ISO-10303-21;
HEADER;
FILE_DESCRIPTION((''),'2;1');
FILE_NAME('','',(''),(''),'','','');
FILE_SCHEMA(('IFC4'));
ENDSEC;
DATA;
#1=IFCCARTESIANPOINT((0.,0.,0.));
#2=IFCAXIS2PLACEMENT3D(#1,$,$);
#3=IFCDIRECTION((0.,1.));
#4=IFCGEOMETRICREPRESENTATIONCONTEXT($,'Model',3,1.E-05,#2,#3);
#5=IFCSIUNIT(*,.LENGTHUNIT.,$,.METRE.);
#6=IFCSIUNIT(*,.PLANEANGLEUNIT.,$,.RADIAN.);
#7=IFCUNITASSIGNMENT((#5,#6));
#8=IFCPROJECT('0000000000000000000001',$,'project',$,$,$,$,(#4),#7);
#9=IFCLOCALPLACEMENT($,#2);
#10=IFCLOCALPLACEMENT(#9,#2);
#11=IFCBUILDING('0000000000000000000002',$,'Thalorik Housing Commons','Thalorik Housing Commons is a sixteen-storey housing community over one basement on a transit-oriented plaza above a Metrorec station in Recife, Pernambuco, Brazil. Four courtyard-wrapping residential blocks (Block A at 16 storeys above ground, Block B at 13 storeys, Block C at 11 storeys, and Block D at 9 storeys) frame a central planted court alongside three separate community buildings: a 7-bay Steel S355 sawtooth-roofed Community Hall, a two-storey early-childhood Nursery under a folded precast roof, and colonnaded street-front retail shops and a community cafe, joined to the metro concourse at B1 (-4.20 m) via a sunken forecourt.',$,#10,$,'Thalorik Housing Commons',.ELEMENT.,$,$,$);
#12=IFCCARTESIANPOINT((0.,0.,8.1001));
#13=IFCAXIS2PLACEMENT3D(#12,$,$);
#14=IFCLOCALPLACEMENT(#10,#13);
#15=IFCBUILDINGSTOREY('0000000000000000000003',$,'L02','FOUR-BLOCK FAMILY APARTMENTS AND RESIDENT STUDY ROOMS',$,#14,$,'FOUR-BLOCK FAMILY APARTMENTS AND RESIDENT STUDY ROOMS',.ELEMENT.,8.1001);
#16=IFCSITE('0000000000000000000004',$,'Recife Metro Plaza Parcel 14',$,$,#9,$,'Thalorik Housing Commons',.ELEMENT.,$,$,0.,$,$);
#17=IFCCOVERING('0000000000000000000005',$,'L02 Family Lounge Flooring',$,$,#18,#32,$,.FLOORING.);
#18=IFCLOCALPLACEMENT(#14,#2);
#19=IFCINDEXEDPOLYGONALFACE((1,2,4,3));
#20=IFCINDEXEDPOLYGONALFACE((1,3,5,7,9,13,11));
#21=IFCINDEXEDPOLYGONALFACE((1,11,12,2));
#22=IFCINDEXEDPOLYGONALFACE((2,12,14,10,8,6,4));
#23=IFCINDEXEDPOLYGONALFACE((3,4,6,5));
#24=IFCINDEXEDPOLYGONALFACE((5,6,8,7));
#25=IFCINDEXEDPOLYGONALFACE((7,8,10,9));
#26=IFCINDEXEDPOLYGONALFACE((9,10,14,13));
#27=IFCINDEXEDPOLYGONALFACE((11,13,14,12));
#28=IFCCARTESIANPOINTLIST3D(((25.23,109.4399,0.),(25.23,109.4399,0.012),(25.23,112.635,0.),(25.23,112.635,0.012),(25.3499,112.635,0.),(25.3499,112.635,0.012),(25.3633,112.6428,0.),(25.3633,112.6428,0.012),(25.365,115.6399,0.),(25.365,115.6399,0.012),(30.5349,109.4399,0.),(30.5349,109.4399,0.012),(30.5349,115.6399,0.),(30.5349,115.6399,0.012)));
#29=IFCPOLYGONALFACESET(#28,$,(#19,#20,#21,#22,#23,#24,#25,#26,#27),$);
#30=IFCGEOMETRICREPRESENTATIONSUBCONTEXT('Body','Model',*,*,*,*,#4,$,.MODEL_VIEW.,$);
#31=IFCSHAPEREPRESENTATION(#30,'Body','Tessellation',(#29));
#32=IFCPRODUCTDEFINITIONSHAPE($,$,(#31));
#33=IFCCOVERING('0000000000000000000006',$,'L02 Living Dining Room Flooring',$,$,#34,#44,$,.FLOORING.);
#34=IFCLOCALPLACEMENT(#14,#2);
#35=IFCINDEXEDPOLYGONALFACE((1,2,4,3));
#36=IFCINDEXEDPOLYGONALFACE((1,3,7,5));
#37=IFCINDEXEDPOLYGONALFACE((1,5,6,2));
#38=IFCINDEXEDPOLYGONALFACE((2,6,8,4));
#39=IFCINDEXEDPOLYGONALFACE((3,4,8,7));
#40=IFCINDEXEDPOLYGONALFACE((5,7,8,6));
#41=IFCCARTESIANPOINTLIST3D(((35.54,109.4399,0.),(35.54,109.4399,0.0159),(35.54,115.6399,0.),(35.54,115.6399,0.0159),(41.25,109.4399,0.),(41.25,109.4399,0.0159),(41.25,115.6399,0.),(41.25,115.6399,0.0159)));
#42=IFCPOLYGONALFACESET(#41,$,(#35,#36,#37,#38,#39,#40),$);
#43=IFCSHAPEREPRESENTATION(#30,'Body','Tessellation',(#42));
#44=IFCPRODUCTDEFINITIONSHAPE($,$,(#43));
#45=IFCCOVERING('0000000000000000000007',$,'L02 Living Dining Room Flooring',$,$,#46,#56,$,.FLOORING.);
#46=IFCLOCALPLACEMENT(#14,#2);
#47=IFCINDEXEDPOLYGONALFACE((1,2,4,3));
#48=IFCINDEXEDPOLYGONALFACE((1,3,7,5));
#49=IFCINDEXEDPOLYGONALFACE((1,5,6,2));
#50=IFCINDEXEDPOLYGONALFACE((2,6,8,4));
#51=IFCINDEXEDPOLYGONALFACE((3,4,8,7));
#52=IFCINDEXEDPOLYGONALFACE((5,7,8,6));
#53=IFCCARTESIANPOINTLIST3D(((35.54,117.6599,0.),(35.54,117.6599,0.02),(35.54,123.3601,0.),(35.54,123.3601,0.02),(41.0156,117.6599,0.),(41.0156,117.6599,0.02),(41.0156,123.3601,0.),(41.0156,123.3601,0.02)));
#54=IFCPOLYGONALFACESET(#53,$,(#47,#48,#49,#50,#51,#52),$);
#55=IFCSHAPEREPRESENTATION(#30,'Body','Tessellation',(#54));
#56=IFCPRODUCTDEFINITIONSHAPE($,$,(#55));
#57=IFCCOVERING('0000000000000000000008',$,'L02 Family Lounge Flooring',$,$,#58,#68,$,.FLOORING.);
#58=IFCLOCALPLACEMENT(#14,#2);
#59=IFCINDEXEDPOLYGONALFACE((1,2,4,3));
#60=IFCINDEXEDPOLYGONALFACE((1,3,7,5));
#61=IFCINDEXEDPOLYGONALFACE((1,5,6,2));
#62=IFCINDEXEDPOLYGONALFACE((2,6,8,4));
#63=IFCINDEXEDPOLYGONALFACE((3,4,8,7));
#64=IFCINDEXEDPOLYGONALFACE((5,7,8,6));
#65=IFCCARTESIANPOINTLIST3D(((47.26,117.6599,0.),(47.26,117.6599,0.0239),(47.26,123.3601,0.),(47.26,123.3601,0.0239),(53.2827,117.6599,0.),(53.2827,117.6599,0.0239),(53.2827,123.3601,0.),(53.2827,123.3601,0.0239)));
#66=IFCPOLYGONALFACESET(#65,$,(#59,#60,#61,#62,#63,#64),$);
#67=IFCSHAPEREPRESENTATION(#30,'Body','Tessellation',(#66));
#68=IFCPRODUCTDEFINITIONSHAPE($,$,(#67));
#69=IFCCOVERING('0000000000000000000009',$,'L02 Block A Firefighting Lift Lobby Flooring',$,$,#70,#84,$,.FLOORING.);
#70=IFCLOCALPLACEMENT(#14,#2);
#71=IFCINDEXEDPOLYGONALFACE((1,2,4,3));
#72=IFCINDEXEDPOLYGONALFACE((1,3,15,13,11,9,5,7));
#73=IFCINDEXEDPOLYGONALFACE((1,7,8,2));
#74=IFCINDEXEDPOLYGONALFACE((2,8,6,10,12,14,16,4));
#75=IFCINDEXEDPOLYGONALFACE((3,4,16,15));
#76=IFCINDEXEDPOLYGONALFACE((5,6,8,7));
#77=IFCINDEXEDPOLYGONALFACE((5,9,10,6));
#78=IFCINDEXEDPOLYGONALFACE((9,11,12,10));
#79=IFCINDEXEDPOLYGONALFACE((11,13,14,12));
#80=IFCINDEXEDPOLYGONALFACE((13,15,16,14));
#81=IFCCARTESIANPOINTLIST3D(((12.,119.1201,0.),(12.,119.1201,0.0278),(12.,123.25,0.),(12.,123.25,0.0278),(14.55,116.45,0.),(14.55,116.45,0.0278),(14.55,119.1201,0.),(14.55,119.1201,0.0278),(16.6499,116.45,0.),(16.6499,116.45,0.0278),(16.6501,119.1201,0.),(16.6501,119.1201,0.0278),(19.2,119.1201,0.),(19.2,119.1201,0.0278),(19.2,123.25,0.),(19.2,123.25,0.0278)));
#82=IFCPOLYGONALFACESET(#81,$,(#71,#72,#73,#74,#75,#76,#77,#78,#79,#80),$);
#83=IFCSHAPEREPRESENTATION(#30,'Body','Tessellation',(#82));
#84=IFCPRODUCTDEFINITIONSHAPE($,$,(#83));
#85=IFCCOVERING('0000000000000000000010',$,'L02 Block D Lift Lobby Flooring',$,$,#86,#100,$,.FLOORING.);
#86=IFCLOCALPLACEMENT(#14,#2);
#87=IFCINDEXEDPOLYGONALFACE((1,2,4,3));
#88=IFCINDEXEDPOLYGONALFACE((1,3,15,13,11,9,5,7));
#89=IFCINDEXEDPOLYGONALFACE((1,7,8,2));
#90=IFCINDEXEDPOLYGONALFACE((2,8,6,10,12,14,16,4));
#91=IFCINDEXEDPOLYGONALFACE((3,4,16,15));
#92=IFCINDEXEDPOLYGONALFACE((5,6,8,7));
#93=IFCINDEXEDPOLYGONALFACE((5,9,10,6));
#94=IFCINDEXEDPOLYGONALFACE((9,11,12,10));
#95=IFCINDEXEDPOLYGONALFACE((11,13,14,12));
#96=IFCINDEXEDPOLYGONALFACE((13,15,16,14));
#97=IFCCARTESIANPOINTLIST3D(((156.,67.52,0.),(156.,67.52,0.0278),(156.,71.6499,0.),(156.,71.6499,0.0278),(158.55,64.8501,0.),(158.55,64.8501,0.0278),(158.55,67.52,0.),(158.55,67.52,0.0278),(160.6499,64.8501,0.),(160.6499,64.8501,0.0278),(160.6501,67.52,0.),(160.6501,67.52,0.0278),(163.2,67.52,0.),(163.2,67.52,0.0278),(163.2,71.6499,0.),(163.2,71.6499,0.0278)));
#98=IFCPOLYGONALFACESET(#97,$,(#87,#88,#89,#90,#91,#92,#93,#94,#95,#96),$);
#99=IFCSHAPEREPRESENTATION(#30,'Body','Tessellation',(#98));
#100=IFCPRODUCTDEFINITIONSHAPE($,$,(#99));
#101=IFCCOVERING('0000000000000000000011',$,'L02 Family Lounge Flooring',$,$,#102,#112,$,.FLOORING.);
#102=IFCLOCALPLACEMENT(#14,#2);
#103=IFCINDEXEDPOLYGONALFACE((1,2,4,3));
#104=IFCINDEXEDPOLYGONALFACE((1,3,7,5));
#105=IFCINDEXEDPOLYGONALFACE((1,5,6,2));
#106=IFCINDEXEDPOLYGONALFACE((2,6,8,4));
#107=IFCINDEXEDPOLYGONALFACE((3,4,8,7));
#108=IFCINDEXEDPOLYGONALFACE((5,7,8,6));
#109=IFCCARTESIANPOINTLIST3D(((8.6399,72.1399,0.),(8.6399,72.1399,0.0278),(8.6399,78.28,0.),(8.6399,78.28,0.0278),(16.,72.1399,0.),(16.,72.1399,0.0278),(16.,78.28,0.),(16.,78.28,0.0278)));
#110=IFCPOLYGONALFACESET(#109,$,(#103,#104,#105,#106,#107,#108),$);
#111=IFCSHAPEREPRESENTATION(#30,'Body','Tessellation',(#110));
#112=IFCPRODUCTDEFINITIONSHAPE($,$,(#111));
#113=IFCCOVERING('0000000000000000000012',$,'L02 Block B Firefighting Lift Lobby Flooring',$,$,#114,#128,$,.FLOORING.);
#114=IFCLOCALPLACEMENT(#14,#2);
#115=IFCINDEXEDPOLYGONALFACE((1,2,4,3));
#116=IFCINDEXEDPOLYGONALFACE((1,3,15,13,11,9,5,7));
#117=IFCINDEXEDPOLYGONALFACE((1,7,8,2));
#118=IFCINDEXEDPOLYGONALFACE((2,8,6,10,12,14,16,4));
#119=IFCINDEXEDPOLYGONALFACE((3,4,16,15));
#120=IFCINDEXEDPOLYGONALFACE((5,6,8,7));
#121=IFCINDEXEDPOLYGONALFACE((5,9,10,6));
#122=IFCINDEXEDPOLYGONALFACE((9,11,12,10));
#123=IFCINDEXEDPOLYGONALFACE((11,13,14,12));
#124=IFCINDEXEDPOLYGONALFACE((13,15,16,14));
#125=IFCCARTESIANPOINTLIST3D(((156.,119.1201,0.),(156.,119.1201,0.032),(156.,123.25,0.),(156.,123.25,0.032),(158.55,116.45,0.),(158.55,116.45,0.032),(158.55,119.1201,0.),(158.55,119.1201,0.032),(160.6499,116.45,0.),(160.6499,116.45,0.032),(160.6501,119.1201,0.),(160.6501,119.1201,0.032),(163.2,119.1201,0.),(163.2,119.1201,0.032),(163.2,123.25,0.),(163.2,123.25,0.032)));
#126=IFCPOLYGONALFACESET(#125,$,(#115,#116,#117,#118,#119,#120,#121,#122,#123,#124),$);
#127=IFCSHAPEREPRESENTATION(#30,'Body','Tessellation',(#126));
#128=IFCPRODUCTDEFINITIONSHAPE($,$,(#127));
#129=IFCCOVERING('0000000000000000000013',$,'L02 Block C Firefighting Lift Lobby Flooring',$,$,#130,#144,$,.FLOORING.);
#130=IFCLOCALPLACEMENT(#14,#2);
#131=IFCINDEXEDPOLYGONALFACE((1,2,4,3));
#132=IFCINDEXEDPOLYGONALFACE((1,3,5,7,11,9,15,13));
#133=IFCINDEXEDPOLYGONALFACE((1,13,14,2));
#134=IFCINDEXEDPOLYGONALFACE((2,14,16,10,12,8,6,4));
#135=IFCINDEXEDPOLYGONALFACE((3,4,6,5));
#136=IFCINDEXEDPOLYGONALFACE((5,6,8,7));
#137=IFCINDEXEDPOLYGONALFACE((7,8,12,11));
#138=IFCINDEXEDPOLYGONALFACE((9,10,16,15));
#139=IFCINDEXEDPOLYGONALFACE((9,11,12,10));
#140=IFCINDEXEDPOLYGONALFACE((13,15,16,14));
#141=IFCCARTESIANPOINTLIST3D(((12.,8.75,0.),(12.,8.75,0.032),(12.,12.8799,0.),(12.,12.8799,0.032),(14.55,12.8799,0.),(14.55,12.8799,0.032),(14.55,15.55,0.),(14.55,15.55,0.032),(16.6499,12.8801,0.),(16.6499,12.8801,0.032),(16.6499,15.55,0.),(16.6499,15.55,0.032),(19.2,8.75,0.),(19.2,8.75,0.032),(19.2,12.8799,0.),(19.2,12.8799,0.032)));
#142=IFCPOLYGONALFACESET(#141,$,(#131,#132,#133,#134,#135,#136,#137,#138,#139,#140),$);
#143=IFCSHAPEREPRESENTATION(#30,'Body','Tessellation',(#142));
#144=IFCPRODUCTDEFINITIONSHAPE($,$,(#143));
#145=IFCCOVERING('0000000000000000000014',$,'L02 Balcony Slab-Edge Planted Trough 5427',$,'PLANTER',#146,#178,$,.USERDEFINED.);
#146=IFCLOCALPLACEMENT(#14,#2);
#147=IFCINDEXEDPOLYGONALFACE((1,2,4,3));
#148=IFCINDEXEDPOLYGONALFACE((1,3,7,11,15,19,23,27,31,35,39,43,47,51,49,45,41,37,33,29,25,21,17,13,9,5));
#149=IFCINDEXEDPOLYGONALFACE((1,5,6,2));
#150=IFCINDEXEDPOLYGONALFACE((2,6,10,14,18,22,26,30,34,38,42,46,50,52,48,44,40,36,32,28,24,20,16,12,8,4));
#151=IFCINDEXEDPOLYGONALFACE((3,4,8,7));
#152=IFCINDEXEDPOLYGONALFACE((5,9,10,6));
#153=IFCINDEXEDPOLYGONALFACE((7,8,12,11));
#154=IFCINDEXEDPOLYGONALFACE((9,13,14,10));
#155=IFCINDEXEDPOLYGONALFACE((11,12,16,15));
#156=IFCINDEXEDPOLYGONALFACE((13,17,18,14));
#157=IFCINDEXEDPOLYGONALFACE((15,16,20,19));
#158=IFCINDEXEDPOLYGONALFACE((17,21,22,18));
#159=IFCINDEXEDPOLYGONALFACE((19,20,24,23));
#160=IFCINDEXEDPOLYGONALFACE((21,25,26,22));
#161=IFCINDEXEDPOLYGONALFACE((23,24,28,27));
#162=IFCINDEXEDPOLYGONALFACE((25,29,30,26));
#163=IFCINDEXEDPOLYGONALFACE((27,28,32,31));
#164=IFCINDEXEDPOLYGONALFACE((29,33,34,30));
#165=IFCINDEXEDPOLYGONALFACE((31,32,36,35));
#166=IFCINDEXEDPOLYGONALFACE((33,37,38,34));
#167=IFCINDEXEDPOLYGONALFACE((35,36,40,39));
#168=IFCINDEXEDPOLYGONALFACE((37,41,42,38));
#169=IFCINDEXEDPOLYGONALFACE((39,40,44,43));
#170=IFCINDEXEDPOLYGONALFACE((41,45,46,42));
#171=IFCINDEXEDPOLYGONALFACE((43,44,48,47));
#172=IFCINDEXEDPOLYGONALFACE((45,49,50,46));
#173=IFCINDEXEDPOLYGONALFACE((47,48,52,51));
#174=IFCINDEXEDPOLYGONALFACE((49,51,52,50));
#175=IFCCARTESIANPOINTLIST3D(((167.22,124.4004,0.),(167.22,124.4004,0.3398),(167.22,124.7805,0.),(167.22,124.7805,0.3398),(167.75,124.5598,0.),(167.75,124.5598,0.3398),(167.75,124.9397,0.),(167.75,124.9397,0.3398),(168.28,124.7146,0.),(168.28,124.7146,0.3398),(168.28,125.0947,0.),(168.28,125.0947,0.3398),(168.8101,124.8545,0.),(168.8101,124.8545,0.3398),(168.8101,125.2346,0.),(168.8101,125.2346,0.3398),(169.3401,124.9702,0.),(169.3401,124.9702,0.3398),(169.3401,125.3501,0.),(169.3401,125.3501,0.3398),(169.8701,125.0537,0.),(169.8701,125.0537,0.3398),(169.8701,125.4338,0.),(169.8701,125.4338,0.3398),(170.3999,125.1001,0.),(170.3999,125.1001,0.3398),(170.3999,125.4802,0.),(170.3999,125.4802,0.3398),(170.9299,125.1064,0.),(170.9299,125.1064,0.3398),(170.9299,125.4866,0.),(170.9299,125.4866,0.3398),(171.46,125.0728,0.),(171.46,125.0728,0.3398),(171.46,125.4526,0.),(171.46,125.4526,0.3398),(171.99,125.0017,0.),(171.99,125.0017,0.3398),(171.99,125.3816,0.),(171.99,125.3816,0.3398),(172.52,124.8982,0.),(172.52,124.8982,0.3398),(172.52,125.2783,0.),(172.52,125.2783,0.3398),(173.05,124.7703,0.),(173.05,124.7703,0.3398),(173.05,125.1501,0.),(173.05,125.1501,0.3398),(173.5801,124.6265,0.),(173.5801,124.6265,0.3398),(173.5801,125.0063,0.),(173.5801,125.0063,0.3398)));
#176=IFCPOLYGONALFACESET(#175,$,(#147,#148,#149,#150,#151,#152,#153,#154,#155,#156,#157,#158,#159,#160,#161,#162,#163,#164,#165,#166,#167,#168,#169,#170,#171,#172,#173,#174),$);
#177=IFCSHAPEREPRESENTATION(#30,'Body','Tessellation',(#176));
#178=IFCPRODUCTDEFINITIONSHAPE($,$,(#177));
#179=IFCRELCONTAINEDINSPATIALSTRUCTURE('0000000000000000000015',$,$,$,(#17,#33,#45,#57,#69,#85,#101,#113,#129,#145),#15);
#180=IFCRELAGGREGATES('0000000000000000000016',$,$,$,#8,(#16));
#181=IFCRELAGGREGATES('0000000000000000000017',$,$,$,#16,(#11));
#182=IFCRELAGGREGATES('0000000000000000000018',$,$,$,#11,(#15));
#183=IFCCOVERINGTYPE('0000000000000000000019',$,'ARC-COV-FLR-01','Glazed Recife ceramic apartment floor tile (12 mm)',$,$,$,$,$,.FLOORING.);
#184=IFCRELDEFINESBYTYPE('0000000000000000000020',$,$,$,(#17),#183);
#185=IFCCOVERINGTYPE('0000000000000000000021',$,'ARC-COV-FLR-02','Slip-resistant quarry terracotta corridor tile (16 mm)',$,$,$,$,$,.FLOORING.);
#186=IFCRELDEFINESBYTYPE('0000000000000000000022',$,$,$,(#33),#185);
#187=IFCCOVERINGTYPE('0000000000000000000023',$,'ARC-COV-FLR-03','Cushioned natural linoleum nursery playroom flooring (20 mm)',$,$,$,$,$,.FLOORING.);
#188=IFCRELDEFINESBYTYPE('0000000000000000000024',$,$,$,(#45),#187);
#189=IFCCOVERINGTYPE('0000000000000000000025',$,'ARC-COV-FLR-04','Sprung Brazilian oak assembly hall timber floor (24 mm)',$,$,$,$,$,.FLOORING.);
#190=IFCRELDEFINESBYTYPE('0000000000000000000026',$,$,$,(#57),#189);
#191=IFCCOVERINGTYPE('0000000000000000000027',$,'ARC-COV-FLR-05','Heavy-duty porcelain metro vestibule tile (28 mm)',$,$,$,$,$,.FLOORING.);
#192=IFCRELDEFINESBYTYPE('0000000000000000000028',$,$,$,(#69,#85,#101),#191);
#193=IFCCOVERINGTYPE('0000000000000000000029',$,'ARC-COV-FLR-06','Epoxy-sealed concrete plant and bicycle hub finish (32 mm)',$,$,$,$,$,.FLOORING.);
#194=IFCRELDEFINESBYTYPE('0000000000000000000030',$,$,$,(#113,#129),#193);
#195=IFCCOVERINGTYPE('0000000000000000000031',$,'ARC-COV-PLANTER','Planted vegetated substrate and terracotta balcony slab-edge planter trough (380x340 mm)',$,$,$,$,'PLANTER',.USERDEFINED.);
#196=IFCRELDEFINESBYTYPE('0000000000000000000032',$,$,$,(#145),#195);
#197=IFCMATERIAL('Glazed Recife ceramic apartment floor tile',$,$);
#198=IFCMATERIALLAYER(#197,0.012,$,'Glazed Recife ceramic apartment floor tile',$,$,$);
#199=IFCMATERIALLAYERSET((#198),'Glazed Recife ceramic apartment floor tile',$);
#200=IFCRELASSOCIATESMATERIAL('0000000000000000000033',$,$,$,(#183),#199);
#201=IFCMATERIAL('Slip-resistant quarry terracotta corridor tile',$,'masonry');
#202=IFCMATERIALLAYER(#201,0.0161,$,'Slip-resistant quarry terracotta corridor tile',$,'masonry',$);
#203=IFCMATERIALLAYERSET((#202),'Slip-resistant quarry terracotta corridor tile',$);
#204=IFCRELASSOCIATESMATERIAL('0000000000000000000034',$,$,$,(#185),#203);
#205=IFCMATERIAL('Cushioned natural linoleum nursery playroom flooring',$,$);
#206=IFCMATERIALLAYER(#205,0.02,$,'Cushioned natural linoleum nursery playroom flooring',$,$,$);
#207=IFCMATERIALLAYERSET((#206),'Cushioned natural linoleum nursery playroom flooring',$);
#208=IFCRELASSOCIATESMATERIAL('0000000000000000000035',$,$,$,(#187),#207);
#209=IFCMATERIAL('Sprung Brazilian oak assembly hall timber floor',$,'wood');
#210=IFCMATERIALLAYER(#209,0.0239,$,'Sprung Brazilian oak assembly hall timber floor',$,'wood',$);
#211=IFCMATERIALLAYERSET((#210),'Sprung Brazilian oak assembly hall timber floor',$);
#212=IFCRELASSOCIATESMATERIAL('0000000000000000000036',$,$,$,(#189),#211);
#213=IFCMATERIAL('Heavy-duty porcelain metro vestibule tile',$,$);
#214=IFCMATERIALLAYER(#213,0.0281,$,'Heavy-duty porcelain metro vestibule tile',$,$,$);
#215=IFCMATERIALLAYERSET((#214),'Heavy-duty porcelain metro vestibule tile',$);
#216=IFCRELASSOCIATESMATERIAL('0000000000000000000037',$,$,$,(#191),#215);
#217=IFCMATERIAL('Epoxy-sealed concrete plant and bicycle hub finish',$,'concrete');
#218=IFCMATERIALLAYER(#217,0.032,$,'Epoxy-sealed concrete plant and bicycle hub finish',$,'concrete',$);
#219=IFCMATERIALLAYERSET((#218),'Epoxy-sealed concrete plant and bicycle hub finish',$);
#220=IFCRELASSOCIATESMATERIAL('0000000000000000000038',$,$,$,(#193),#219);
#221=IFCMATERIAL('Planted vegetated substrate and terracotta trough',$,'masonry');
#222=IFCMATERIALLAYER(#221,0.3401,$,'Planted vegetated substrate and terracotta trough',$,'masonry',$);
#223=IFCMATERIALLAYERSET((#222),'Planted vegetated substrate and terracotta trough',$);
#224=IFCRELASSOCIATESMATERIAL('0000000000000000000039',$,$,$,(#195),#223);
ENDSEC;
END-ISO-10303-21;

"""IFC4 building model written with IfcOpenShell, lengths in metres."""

from ifc_helpers import new_model, si_unit, direction, frame, origin, place, context, subcontext, project, spatial, polyline, outline, extrude, material, layer, layer_set, type_object, element, save


model = new_model("IFC4")

# Units and contexts
model_context = context("Model", 3, precision=1e-05, world=origin(), true_north=direction((0.0, 1.0)))
body_context = subcontext(model_context, "Body", "Model", "MODEL_VIEW")
ifc_project = project(units=[si_unit("LENGTHUNIT", "METRE"), si_unit("PLANEANGLEUNIT", "RADIAN")], contexts=[model_context])

# Site, building, storey
site_placement = place(None, origin())
site = spatial("IfcSite", under=ifc_project, at=site_placement, Name="Recife Metro Plaza Parcel 14", LongName="Thalorik Housing Commons", CompositionType="ELEMENT", RefElevation=0.0)
building_placement = place(site_placement, origin())
building = spatial("IfcBuilding", under=site, at=building_placement, Name="Thalorik Housing Commons", Description="Thalorik Housing Commons is a sixteen-storey housing community over one basement on a transit-oriented plaza above a Metrorec station in Recife, Pernambuco, Brazil. Four courtyard-wrapping residential blocks (Block A at 16 storeys above ground, Block B at 13 storeys, Block C at 11 storeys, and Block D at 9 storeys) frame a central planted court alongside three separate community buildings: a 7-bay Steel S355 sawtooth-roofed Community Hall, a two-storey early-childhood Nursery under a folded precast roof, and colonnaded street-front retail shops and a community cafe, joined to the metro concourse at B1 (-4.20 m) via a sunken forecourt.", LongName="Thalorik Housing Commons", CompositionType="ELEMENT")
storey_placement = place(building_placement, frame((0.0, 0.0, 8.1001)))
storey = spatial("IfcBuildingStorey", under=building, at=storey_placement, Name="L02", Description="FOUR-BLOCK FAMILY APARTMENTS AND RESIDENT STUDY ROOMS", LongName="FOUR-BLOCK FAMILY APARTMENTS AND RESIDENT STUDY ROOMS", CompositionType="ELEMENT", Elevation=8.1001)

# Coverings
ifc_material_1 = material(Name="Glazed Recife ceramic apartment floor tile")
ifc_layer_1 = layer(ifc_material_1, 0.012, Name="Glazed Recife ceramic apartment floor tile")
ifc_layer_set_1 = layer_set([ifc_layer_1], Name="Glazed Recife ceramic apartment floor tile")
covering_type_1 = type_object("IfcCoveringType", Name="ARC-COV-FLR-01", Description="Glazed Recife ceramic apartment floor tile (12 mm)", PredefinedType="FLOORING", material=ifc_layer_set_1)
covering_1_placement = place(storey_placement, origin())
element("IfcCovering", 1, at=covering_1_placement, inside=storey, type_object=covering_type_1, Name="L02 Family Lounge Flooring", PredefinedType="FLOORING", context=body_context, shape_type="SweptSolid", body=[
    extrude(outline(polyline([(25.23, 109.4399), (30.5349, 109.4399), (30.5349, 115.6399), (25.365, 115.6399), (25.3633, 112.6428), (25.3499, 112.635), (25.23, 112.635), (25.23, 109.4399)])), origin(), (0.0, 0.0, 1.0), 0.012),
])
ifc_material_2 = material(Name="Slip-resistant quarry terracotta corridor tile", Category="masonry")
ifc_layer_2 = layer(ifc_material_2, 0.0161, Name="Slip-resistant quarry terracotta corridor tile", Category="masonry")
ifc_layer_set_2 = layer_set([ifc_layer_2], Name="Slip-resistant quarry terracotta corridor tile")
covering_type_2 = type_object("IfcCoveringType", Name="ARC-COV-FLR-02", Description="Slip-resistant quarry terracotta corridor tile (16 mm)", PredefinedType="FLOORING", material=ifc_layer_set_2)
covering_2_placement = place(storey_placement, origin())
element("IfcCovering", 2, at=covering_2_placement, inside=storey, type_object=covering_type_2, Name="L02 Living Dining Room Flooring", PredefinedType="FLOORING", context=body_context, shape_type="SweptSolid", body=[
    extrude(outline(polyline([(41.25, 109.4399), (41.25, 115.6399), (35.54, 115.6399), (35.54, 109.4399), (41.25, 109.4399)])), origin(), (0.0, 0.0, 1.0), 0.0159),
])
ifc_material_3 = material(Name="Cushioned natural linoleum nursery playroom flooring")
ifc_layer_3 = layer(ifc_material_3, 0.02, Name="Cushioned natural linoleum nursery playroom flooring")
ifc_layer_set_3 = layer_set([ifc_layer_3], Name="Cushioned natural linoleum nursery playroom flooring")
covering_type_3 = type_object("IfcCoveringType", Name="ARC-COV-FLR-03", Description="Cushioned natural linoleum nursery playroom flooring (20 mm)", PredefinedType="FLOORING", material=ifc_layer_set_3)
covering_3_placement = place(storey_placement, origin())
element("IfcCovering", 3, at=covering_3_placement, inside=storey, type_object=covering_type_3, Name="L02 Living Dining Room Flooring", PredefinedType="FLOORING", context=body_context, shape_type="SweptSolid", body=[
    extrude(outline(polyline([(41.0156, 117.6599), (41.0156, 123.3601), (35.54, 123.3601), (35.54, 117.6599), (41.0156, 117.6599)])), origin(), (0.0, 0.0, 1.0), 0.02),
])
ifc_material_4 = material(Name="Sprung Brazilian oak assembly hall timber floor", Category="wood")
ifc_layer_4 = layer(ifc_material_4, 0.0239, Name="Sprung Brazilian oak assembly hall timber floor", Category="wood")
ifc_layer_set_4 = layer_set([ifc_layer_4], Name="Sprung Brazilian oak assembly hall timber floor")
covering_type_4 = type_object("IfcCoveringType", Name="ARC-COV-FLR-04", Description="Sprung Brazilian oak assembly hall timber floor (24 mm)", PredefinedType="FLOORING", material=ifc_layer_set_4)
covering_4_placement = place(storey_placement, origin())
element("IfcCovering", 4, at=covering_4_placement, inside=storey, type_object=covering_type_4, Name="L02 Family Lounge Flooring", PredefinedType="FLOORING", context=body_context, shape_type="SweptSolid", body=[
    extrude(outline(polyline([(53.2827, 117.6599), (53.2827, 123.3601), (47.26, 123.3601), (47.26, 117.6599), (53.2827, 117.6599)])), origin(), (0.0, 0.0, 1.0), 0.0239),
])
ifc_material_5 = material(Name="Heavy-duty porcelain metro vestibule tile")
ifc_layer_5 = layer(ifc_material_5, 0.0281, Name="Heavy-duty porcelain metro vestibule tile")
ifc_layer_set_5 = layer_set([ifc_layer_5], Name="Heavy-duty porcelain metro vestibule tile")
covering_type_5 = type_object("IfcCoveringType", Name="ARC-COV-FLR-05", Description="Heavy-duty porcelain metro vestibule tile (28 mm)", PredefinedType="FLOORING", material=ifc_layer_set_5)
covering_5_placement = place(storey_placement, origin())
element("IfcCovering", 5, at=covering_5_placement, inside=storey, type_object=covering_type_5, Name="L02 Block A Firefighting Lift Lobby Flooring", PredefinedType="FLOORING", context=body_context, shape_type="SweptSolid", body=[
    extrude(outline(polyline([(14.55, 116.45), (16.6499, 116.45), (16.6501, 119.1201), (19.2, 119.1201), (19.2, 123.25), (12.0, 123.25), (12.0, 119.1201), (14.55, 119.1201), (14.55, 116.45)])), origin(), (0.0, 0.0, 1.0), 0.0278),
])
covering_6_placement = place(storey_placement, origin())
element("IfcCovering", 6, at=covering_6_placement, inside=storey, type_object=covering_type_5, Name="L02 Block D Lift Lobby Flooring", PredefinedType="FLOORING", context=body_context, shape_type="SweptSolid", body=[
    extrude(outline(polyline([(158.55, 64.8501), (160.6499, 64.8501), (160.6501, 67.52), (163.2, 67.52), (163.2, 71.6499), (156.0, 71.6499), (156.0, 67.52), (158.55, 67.52), (158.55, 64.8501)])), origin(), (0.0, 0.0, 1.0), 0.0278),
])
covering_7_placement = place(storey_placement, origin())
element("IfcCovering", 7, at=covering_7_placement, inside=storey, type_object=covering_type_5, Name="L02 Family Lounge Flooring", PredefinedType="FLOORING", context=body_context, shape_type="SweptSolid", body=[
    extrude(outline(polyline([(16.0, 78.28), (8.6399, 78.28), (8.6399, 72.1399), (16.0, 72.1399), (16.0, 78.28)])), origin(), (0.0, 0.0, 1.0), 0.0278),
])
ifc_material_6 = material(Name="Epoxy-sealed concrete plant and bicycle hub finish", Category="concrete")
ifc_layer_6 = layer(ifc_material_6, 0.032, Name="Epoxy-sealed concrete plant and bicycle hub finish", Category="concrete")
ifc_layer_set_6 = layer_set([ifc_layer_6], Name="Epoxy-sealed concrete plant and bicycle hub finish")
covering_type_6 = type_object("IfcCoveringType", Name="ARC-COV-FLR-06", Description="Epoxy-sealed concrete plant and bicycle hub finish (32 mm)", PredefinedType="FLOORING", material=ifc_layer_set_6)
covering_8_placement = place(storey_placement, origin())
element("IfcCovering", 8, at=covering_8_placement, inside=storey, type_object=covering_type_6, Name="L02 Block B Firefighting Lift Lobby Flooring", PredefinedType="FLOORING", context=body_context, shape_type="SweptSolid", body=[
    extrude(outline(polyline([(158.55, 116.45), (160.6499, 116.45), (160.6501, 119.1201), (163.2, 119.1201), (163.2, 123.25), (156.0, 123.25), (156.0, 119.1201), (158.55, 119.1201), (158.55, 116.45)])), origin(), (0.0, 0.0, 1.0), 0.032),
])
covering_9_placement = place(storey_placement, origin())
element("IfcCovering", 9, at=covering_9_placement, inside=storey, type_object=covering_type_6, Name="L02 Block C Firefighting Lift Lobby Flooring", PredefinedType="FLOORING", context=body_context, shape_type="SweptSolid", body=[
    extrude(outline(polyline([(12.0, 12.8799), (12.0, 8.75), (19.2, 8.75), (19.2, 12.8799), (16.6499, 12.8801), (16.6499, 15.55), (14.55, 15.55), (14.55, 12.8799), (12.0, 12.8799)])), origin(), (0.0, 0.0, 1.0), 0.032),
])
ifc_material_7 = material(Name="Planted vegetated substrate and terracotta trough", Category="masonry")
ifc_layer_7 = layer(ifc_material_7, 0.3401, Name="Planted vegetated substrate and terracotta trough", Category="masonry")
ifc_layer_set_7 = layer_set([ifc_layer_7], Name="Planted vegetated substrate and terracotta trough")
covering_type_7 = type_object("IfcCoveringType", Name="ARC-COV-PLANTER", Description="Planted vegetated substrate and terracotta balcony slab-edge planter trough (380x340 mm)", ElementType="PLANTER", PredefinedType="USERDEFINED", material=ifc_layer_set_7)
covering_10_placement = place(storey_placement, origin())
element("IfcCovering", 10, at=covering_10_placement, inside=storey, type_object=covering_type_7, Name="L02 Balcony Slab-Edge Planted Trough 5427", ObjectType="PLANTER", PredefinedType="USERDEFINED", context=body_context, shape_type="SweptSolid", body=[
    extrude(outline(polyline([(173.5801, 125.0063), (173.05, 125.1501), (172.52, 125.2783), (171.99, 125.3816), (171.46, 125.4526), (170.9299, 125.4866), (170.3999, 125.4802), (169.8701, 125.4338), (169.3401, 125.3501), (168.8101, 125.2346), (168.28, 125.0947), (167.75, 124.9397), (167.22, 124.7805), (167.22, 124.4004), (167.75, 124.5598), (168.28, 124.7146), (168.8101, 124.8545), (169.3401, 124.9702), (169.8701, 125.0537), (170.3999, 125.1001), (170.9299, 125.1064), (171.46, 125.0728), (171.99, 125.0017), (172.52, 124.8982), (173.05, 124.7703), (173.5801, 124.6265), (173.5801, 125.0063)])), origin(), (0.0, 0.0, 1.0), 0.3398),
])

save(model, "model.ifc")
